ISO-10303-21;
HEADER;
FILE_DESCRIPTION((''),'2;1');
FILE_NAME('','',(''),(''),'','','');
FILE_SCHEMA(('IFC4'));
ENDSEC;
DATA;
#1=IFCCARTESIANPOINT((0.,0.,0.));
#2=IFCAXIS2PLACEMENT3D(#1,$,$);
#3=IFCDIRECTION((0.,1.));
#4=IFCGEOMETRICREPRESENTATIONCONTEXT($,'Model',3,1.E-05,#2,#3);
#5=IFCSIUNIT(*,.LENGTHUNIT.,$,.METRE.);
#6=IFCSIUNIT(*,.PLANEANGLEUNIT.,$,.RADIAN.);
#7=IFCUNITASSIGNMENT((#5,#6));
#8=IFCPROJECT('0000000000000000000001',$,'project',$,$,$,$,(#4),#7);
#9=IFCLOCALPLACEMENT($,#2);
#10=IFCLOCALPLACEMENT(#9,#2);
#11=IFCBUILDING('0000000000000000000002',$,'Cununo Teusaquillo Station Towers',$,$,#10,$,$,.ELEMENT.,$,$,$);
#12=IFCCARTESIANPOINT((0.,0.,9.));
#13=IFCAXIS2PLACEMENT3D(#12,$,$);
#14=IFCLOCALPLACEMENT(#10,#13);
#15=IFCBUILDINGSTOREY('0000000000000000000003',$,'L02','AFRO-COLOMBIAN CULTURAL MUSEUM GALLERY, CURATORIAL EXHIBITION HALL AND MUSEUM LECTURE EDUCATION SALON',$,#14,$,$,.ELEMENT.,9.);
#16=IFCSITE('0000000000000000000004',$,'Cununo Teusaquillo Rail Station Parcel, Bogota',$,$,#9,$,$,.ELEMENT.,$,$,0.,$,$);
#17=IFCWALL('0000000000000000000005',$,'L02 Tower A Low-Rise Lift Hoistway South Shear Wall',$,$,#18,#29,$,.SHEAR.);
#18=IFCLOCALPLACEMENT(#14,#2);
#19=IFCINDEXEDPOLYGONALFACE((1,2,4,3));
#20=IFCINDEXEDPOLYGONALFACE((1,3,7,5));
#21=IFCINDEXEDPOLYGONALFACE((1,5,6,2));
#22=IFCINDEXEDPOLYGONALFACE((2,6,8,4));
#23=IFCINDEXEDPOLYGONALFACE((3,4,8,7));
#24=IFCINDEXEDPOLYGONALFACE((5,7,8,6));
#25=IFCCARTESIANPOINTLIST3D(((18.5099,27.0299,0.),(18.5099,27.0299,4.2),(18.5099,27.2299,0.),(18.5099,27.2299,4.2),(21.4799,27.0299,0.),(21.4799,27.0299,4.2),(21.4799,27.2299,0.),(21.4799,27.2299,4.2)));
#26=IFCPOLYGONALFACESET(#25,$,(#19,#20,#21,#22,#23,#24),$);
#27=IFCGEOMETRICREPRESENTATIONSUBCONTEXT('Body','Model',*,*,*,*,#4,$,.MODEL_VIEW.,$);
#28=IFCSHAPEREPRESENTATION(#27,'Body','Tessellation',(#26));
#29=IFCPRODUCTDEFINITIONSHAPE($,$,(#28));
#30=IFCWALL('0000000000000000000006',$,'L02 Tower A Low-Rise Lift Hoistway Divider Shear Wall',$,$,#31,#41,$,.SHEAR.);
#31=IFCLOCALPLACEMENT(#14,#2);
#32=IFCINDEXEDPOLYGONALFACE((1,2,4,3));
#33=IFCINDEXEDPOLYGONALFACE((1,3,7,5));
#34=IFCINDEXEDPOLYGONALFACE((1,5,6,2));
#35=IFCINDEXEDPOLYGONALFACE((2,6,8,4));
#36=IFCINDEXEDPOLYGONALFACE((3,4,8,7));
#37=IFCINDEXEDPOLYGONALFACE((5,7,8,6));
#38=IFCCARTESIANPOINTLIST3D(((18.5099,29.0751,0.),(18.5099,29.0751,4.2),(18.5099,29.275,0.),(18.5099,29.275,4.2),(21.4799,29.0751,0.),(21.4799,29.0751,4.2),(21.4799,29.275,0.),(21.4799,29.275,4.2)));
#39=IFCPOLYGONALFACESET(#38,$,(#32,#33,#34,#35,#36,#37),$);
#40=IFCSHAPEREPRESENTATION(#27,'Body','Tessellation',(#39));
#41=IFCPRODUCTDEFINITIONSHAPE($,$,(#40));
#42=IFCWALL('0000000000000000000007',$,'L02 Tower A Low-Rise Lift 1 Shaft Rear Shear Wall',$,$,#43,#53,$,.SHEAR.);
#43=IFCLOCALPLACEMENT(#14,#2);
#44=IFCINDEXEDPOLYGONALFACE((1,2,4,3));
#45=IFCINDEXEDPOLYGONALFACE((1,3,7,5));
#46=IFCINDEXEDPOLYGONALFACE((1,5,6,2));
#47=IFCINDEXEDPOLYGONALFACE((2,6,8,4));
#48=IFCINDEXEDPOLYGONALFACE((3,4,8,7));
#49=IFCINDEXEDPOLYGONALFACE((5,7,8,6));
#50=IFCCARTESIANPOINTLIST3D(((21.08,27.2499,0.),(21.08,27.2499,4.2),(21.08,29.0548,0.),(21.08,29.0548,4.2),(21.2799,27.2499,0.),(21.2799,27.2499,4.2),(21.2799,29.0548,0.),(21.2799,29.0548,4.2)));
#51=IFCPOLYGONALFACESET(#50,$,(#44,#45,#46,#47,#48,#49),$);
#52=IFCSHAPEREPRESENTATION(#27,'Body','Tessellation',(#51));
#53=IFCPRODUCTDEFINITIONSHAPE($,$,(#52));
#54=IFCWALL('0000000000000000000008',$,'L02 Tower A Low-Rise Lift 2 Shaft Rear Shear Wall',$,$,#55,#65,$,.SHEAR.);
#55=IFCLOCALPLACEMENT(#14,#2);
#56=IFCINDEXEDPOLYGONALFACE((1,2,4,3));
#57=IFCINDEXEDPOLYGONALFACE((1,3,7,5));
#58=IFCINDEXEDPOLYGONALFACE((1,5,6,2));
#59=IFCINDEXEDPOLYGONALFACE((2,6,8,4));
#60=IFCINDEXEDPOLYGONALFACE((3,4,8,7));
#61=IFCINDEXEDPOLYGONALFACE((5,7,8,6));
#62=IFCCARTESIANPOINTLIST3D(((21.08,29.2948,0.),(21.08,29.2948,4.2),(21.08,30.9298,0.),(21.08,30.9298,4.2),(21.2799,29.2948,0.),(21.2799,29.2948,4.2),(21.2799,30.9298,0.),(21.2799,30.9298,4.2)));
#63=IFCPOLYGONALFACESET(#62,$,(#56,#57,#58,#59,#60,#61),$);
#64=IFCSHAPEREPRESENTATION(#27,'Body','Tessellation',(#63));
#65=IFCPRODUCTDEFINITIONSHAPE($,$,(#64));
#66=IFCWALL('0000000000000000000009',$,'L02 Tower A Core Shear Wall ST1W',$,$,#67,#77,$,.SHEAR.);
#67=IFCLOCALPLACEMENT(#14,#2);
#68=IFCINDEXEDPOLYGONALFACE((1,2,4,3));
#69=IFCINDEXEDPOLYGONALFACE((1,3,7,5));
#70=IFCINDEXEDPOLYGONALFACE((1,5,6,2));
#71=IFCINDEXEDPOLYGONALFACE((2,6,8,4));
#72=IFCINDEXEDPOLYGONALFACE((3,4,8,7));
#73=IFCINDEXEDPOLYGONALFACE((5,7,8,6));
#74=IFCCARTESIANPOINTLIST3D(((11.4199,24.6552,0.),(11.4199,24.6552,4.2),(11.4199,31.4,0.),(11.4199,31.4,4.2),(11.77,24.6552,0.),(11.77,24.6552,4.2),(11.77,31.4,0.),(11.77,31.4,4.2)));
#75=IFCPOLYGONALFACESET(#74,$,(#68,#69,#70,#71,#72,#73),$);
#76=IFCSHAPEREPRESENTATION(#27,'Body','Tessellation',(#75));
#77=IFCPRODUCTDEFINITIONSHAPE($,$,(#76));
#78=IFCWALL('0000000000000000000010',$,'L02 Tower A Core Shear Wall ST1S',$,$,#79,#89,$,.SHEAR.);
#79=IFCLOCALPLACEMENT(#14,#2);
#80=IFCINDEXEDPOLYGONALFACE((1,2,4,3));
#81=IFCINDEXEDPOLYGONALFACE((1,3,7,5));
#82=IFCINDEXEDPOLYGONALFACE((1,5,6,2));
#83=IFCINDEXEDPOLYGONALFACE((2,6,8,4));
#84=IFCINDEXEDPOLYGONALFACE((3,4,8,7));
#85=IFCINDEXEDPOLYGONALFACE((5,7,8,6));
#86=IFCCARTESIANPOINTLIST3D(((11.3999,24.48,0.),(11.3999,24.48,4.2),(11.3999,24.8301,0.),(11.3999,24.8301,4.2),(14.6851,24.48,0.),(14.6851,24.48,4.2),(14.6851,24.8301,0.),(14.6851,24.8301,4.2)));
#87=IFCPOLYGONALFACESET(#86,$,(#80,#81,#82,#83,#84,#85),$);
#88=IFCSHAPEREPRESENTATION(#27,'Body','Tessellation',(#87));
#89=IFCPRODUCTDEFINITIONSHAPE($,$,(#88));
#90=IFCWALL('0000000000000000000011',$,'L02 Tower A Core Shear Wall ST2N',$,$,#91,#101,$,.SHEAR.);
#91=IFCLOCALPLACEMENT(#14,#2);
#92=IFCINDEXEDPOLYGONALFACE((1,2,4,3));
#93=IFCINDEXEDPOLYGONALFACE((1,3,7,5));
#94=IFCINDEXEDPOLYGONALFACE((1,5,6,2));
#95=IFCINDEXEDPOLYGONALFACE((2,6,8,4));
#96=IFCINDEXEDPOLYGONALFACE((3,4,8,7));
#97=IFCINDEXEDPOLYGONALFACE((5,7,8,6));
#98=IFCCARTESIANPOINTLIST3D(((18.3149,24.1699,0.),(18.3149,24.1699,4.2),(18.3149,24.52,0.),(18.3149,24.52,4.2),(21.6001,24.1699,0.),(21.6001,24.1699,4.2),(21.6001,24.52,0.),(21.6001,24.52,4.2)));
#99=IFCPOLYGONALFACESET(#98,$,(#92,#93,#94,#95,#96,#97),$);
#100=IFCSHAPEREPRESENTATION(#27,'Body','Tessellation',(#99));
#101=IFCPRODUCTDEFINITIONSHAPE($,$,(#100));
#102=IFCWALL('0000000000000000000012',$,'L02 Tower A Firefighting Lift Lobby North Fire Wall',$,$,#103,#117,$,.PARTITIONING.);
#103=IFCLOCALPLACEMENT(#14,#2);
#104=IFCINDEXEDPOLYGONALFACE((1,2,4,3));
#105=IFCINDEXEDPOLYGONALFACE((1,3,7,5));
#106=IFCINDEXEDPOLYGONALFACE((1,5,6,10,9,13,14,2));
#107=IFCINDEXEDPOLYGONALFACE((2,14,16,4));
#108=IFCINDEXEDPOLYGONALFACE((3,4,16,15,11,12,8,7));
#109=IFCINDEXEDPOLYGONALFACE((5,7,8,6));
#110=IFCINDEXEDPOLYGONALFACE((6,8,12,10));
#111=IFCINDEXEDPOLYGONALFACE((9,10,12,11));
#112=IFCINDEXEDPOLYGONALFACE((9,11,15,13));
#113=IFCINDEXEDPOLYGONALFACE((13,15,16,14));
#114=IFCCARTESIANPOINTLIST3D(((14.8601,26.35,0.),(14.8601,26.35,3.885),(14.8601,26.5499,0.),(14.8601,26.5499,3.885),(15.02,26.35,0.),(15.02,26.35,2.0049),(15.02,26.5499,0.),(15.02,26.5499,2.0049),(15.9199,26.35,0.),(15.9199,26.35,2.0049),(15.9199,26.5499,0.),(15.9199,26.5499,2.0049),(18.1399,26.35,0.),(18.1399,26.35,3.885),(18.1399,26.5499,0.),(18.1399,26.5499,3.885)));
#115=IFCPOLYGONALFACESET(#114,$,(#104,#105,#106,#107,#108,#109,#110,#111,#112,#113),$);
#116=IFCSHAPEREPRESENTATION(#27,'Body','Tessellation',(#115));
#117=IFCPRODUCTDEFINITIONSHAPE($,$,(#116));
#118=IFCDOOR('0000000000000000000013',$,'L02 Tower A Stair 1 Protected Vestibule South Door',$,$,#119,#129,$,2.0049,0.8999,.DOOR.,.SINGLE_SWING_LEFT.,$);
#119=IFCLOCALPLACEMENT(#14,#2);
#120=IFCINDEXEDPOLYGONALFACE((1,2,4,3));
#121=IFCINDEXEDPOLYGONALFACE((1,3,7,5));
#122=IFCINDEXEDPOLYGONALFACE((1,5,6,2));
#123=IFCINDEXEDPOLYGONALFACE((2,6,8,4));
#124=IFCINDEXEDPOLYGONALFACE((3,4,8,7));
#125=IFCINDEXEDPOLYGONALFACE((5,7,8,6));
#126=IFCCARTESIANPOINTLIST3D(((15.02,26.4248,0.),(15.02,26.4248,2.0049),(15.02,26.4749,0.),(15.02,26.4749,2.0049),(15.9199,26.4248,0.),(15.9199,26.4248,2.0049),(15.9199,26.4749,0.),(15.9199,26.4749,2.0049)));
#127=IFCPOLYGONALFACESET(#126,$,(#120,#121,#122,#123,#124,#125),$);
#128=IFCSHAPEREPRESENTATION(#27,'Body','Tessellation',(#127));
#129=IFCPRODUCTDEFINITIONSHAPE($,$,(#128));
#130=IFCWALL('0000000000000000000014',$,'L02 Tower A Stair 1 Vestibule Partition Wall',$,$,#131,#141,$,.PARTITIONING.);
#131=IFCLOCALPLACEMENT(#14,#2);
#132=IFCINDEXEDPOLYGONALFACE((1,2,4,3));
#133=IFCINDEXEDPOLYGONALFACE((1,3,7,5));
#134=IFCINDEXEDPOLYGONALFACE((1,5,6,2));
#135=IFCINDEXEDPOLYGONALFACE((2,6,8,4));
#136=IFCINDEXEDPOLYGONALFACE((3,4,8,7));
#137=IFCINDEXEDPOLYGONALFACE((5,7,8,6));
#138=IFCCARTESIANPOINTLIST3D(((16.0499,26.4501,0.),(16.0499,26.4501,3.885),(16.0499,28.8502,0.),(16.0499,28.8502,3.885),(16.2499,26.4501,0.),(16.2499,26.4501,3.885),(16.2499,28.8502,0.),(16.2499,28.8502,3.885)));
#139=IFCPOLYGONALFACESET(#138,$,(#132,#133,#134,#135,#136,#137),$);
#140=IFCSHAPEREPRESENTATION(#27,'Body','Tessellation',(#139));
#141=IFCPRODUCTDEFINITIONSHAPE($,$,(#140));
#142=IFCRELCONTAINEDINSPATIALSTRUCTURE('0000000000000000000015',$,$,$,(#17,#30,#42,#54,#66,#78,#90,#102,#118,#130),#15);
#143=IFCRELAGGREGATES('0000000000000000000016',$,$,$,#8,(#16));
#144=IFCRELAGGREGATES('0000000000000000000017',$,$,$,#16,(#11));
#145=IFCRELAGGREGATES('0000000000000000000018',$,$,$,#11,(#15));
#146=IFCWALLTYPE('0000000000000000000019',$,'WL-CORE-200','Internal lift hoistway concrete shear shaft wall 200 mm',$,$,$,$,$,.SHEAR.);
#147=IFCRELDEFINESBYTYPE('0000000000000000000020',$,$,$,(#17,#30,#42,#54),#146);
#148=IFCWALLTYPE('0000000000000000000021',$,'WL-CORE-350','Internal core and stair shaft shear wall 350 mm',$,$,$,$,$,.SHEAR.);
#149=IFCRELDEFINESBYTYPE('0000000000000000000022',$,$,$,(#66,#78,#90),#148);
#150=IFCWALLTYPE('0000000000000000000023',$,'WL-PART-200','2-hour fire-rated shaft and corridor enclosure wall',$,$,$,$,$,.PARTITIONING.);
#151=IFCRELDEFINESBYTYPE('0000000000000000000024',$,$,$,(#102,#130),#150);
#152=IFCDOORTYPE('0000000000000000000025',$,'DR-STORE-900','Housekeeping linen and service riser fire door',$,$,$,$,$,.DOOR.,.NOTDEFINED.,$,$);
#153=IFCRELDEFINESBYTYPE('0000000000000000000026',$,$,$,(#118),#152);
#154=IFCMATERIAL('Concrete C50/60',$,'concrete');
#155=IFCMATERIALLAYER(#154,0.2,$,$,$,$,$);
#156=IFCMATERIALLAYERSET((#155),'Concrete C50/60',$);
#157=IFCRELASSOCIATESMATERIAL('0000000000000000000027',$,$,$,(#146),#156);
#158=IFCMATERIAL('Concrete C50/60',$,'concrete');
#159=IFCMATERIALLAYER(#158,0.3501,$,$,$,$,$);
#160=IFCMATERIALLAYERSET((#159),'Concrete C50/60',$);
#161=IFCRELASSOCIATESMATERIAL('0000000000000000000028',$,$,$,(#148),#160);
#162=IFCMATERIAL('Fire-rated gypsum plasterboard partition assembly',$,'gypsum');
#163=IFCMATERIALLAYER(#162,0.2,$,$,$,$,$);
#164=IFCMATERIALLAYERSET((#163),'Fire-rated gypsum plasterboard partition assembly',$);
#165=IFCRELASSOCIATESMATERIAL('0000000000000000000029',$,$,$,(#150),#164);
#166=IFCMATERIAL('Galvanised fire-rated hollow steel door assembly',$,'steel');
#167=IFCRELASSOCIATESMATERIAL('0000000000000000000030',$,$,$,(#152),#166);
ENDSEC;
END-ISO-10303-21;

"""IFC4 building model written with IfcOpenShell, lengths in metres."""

from ifc_helpers import new_model, si_unit, direction, frame, frame_2d, origin, place, context, subcontext, project, spatial, rectangle, extrude, source, transform, mapped, material, layer, layer_set, type_object, element, fill, save


model = new_model("IFC4")

# Units and contexts
model_context = context("Model", 3, precision=1e-05, world=origin(), true_north=direction((0.0, 1.0)))
body_context = subcontext(model_context, "Body", "Model", "MODEL_VIEW")
ifc_project = project(units=[si_unit("LENGTHUNIT", "METRE"), si_unit("PLANEANGLEUNIT", "RADIAN")], contexts=[model_context])

# Site, building, storey
site_placement = place(None, origin())
site = spatial("IfcSite", under=ifc_project, at=site_placement, Name="Cununo Teusaquillo Rail Station Parcel, Bogota", CompositionType="ELEMENT", RefElevation=0.0)
building_placement = place(site_placement, origin())
building = spatial("IfcBuilding", under=site, at=building_placement, Name="Cununo Teusaquillo Station Towers", CompositionType="ELEMENT")
storey_placement = place(building_placement, frame((0.0, 0.0, 9.0)))
storey = spatial("IfcBuildingStorey", under=building, at=storey_placement, Name="L02", Description="AFRO-COLOMBIAN CULTURAL MUSEUM GALLERY, CURATORIAL EXHIBITION HALL AND MUSEUM LECTURE EDUCATION SALON", CompositionType="ELEMENT", Elevation=9.0)

# Walls
ifc_material_1 = material(Name="Concrete C50/60", Category="concrete")
ifc_layer_1 = layer(ifc_material_1, 0.2)
ifc_layer_set_1 = layer_set([ifc_layer_1], Name="Concrete C50/60")
wall_type_1 = type_object("IfcWallType", Name="WL-CORE-200", Description="Internal lift hoistway concrete shear shaft wall 200 mm", PredefinedType="SHEAR", material=ifc_layer_set_1)
for number, where, z_axis, x_axis, name in (
    (1, (18.51, 27.1299, 0.0), (0.0, 0.0, 1.0), (1.0, 0.0, 0.0), "L02 Tower A Low-Rise Lift Hoistway South Shear Wall"),
    (2, (18.51, 29.175, 0.0), (0.0, 0.0, 1.0), (1.0, 0.0, 0.0), "L02 Tower A Low-Rise Lift Hoistway Divider Shear Wall"),
):
    element("IfcWall", number, at=place(storey_placement, frame(where, z_axis=z_axis, x_axis=x_axis)), inside=storey, type_object=wall_type_1, Name=name, PredefinedType="SHEAR", context=body_context, shape_type="SweptSolid", body=[
        extrude(rectangle(XDim=2.97, YDim=0.2, at=frame_2d((1.4849, 0.0))), origin(), (0.0, 0.0, 1.0), 4.2),
    ])
wall_1_placement = place(storey_placement, frame((21.1799, 27.25, 0.0), z_axis=(0.0, 0.0, 1.0), x_axis=(0.0, 1.0, 0.0)))
element("IfcWall", 3, at=wall_1_placement, inside=storey, type_object=wall_type_1, Name="L02 Tower A Low-Rise Lift 1 Shaft Rear Shear Wall", PredefinedType="SHEAR", context=body_context, shape_type="SweptSolid", body=[
    extrude(rectangle(XDim=1.8049, YDim=0.2, at=frame_2d((0.9023, 0.0))), origin(), (0.0, 0.0, 1.0), 4.2),
])
wall_2_placement = place(storey_placement, frame((21.1799, 29.2949, 0.0), z_axis=(0.0, 0.0, 1.0), x_axis=(0.0, 1.0, 0.0)))
element("IfcWall", 4, at=wall_2_placement, inside=storey, type_object=wall_type_1, Name="L02 Tower A Low-Rise Lift 2 Shaft Rear Shear Wall", PredefinedType="SHEAR", context=body_context, shape_type="SweptSolid", body=[
    extrude(rectangle(XDim=1.635, YDim=0.2, at=frame_2d((0.8174, 0.0))), origin(), (0.0, 0.0, 1.0), 4.2),
])
ifc_material_2 = material(Name="Concrete C50/60", Category="concrete")
ifc_layer_2 = layer(ifc_material_2, 0.3501)
ifc_layer_set_2 = layer_set([ifc_layer_2], Name="Concrete C50/60")
wall_type_2 = type_object("IfcWallType", Name="WL-CORE-350", Description="Internal core and stair shaft shear wall 350 mm", PredefinedType="SHEAR", material=ifc_layer_set_2)
wall_3_placement = place(storey_placement, frame((11.595, 24.655, 0.0), z_axis=(0.0, 0.0, 1.0), x_axis=(0.0, 1.0, 0.0)))
element("IfcWall", 5, at=wall_3_placement, inside=storey, type_object=wall_type_2, Name="L02 Tower A Core Shear Wall ST1W", PredefinedType="SHEAR", context=body_context, shape_type="SweptSolid", body=[
    extrude(rectangle(XDim=6.7449, YDim=0.3501, at=frame_2d((3.3726, 0.0))), origin(), (0.0, 0.0, 1.0), 4.2),
])
for number, where, z_axis, x_axis, name in (
    (6, (11.3999, 24.655, 0.0), (0.0, 0.0, 1.0), (1.0, 0.0, 0.0), "L02 Tower A Core Shear Wall ST1S"),
    (7, (18.3149, 24.345, 0.0), (0.0, 0.0, 1.0), (1.0, 0.0, 0.0), "L02 Tower A Core Shear Wall ST2N"),
):
    element("IfcWall", number, at=place(storey_placement, frame(where, z_axis=z_axis, x_axis=x_axis)), inside=storey, type_object=wall_type_2, Name=name, PredefinedType="SHEAR", context=body_context, shape_type="SweptSolid", body=[
        extrude(rectangle(XDim=3.2852, YDim=0.3501, at=frame_2d((1.6426, 0.0))), origin(), (0.0, 0.0, 1.0), 4.2),
    ])

# Wall, opening, door
ifc_material_3 = material(Name="Fire-rated gypsum plasterboard partition assembly", Category="gypsum")
ifc_layer_3 = layer(ifc_material_3, 0.2)
ifc_layer_set_3 = layer_set([ifc_layer_3], Name="Fire-rated gypsum plasterboard partition assembly")
wall_type_3 = type_object("IfcWallType", Name="WL-PART-200", Description="2-hour fire-rated shaft and corridor enclosure wall", PredefinedType="PARTITIONING", material=ifc_layer_set_3)
wall_4_placement = place(storey_placement, frame((14.8601, 26.45, 0.0), z_axis=(0.0, 0.0, 1.0), x_axis=(1.0, 0.0, 0.0)))
wall_4 = element("IfcWall", 8, at=wall_4_placement, inside=storey, type_object=wall_type_3, Name="L02 Tower A Firefighting Lift Lobby North Fire Wall", PredefinedType="PARTITIONING", context=body_context, shape_type="SweptSolid", body=[
    extrude(rectangle(XDim=3.2798, YDim=0.2, at=frame_2d((1.6399, 0.0))), origin(), (0.0, 0.0, 1.0), 3.885),
])
shared_shape_1 = source(origin(), body_context, "Body", "SweptSolid", [
    extrude(rectangle(XDim=0.8999, YDim=2.0049, at=frame_2d((0.45, 1.0024))), frame((0.0, 0.1099, 0.0), z_axis=(0.0, -1.0, 0.0), x_axis=(1.0, 0.0, 0.0)), (0.0, 0.0, 1.0), 0.22),
])
opening_1_placement = place(wall_4_placement, frame((0.1599, 0.0, 0.0)))
opening_1 = element("IfcOpeningElement", 9, at=opening_1_placement, cuts=wall_4, PredefinedType="OPENING", context=body_context, shape_type="MappedRepresentation", body=[
    mapped(shared_shape_1, transform((0.0, 0.0, 0.0), x_axis=(1.0, 0.0, 0.0), y_axis=(0.0, 1.0, 0.0), z_axis=(0.0, 0.0, 1.0), scale=1.0)),
])
ifc_material_4 = material(Name="Galvanised fire-rated hollow steel door assembly", Category="steel")
door_type_1 = type_object("IfcDoorType", Name="DR-STORE-900", Description="Housekeeping linen and service riser fire door", OperationType="NOTDEFINED", PredefinedType="DOOR", material=ifc_material_4)
shared_shape_2 = source(origin(), body_context, "Body", "SweptSolid", [
    extrude(rectangle(XDim=0.8999, YDim=2.0049, at=frame_2d((0.45, 1.0024))), frame((0.0, 0.0249, 0.0), z_axis=(0.0, -1.0, 0.0), x_axis=(1.0, 0.0, 0.0)), (0.0, 0.0, 1.0), 0.05),
])
door_1_placement = place(opening_1_placement, origin())
door_1 = element("IfcDoor", 10, at=door_1_placement, inside=storey, type_object=door_type_1, Name="L02 Tower A Stair 1 Protected Vestibule South Door", OperationType="SINGLE_SWING_LEFT", OverallHeight=2.0049, OverallWidth=0.8999, PredefinedType="DOOR", context=body_context, shape_type="MappedRepresentation", body=[
    mapped(shared_shape_2, transform((0.0, 0.0, 0.0), x_axis=(1.0, 0.0, 0.0), y_axis=(0.0, 1.0, 0.0), z_axis=(0.0, 0.0, 1.0), scale=1.0)),
])
fill(opening_1, door_1)

# Wall
wall_5_placement = place(storey_placement, frame((16.1499, 26.45, 0.0), z_axis=(0.0, 0.0, 1.0), x_axis=(0.0, 1.0, 0.0)))
element("IfcWall", 11, at=wall_5_placement, inside=storey, type_object=wall_type_3, Name="L02 Tower A Stair 1 Vestibule Partition Wall", PredefinedType="PARTITIONING", context=body_context, shape_type="SweptSolid", body=[
    extrude(rectangle(XDim=2.4001, YDim=0.2, at=frame_2d((1.2002, 0.0))), origin(), (0.0, 0.0, 1.0), 3.885),
])

save(model, "model.ifc")
